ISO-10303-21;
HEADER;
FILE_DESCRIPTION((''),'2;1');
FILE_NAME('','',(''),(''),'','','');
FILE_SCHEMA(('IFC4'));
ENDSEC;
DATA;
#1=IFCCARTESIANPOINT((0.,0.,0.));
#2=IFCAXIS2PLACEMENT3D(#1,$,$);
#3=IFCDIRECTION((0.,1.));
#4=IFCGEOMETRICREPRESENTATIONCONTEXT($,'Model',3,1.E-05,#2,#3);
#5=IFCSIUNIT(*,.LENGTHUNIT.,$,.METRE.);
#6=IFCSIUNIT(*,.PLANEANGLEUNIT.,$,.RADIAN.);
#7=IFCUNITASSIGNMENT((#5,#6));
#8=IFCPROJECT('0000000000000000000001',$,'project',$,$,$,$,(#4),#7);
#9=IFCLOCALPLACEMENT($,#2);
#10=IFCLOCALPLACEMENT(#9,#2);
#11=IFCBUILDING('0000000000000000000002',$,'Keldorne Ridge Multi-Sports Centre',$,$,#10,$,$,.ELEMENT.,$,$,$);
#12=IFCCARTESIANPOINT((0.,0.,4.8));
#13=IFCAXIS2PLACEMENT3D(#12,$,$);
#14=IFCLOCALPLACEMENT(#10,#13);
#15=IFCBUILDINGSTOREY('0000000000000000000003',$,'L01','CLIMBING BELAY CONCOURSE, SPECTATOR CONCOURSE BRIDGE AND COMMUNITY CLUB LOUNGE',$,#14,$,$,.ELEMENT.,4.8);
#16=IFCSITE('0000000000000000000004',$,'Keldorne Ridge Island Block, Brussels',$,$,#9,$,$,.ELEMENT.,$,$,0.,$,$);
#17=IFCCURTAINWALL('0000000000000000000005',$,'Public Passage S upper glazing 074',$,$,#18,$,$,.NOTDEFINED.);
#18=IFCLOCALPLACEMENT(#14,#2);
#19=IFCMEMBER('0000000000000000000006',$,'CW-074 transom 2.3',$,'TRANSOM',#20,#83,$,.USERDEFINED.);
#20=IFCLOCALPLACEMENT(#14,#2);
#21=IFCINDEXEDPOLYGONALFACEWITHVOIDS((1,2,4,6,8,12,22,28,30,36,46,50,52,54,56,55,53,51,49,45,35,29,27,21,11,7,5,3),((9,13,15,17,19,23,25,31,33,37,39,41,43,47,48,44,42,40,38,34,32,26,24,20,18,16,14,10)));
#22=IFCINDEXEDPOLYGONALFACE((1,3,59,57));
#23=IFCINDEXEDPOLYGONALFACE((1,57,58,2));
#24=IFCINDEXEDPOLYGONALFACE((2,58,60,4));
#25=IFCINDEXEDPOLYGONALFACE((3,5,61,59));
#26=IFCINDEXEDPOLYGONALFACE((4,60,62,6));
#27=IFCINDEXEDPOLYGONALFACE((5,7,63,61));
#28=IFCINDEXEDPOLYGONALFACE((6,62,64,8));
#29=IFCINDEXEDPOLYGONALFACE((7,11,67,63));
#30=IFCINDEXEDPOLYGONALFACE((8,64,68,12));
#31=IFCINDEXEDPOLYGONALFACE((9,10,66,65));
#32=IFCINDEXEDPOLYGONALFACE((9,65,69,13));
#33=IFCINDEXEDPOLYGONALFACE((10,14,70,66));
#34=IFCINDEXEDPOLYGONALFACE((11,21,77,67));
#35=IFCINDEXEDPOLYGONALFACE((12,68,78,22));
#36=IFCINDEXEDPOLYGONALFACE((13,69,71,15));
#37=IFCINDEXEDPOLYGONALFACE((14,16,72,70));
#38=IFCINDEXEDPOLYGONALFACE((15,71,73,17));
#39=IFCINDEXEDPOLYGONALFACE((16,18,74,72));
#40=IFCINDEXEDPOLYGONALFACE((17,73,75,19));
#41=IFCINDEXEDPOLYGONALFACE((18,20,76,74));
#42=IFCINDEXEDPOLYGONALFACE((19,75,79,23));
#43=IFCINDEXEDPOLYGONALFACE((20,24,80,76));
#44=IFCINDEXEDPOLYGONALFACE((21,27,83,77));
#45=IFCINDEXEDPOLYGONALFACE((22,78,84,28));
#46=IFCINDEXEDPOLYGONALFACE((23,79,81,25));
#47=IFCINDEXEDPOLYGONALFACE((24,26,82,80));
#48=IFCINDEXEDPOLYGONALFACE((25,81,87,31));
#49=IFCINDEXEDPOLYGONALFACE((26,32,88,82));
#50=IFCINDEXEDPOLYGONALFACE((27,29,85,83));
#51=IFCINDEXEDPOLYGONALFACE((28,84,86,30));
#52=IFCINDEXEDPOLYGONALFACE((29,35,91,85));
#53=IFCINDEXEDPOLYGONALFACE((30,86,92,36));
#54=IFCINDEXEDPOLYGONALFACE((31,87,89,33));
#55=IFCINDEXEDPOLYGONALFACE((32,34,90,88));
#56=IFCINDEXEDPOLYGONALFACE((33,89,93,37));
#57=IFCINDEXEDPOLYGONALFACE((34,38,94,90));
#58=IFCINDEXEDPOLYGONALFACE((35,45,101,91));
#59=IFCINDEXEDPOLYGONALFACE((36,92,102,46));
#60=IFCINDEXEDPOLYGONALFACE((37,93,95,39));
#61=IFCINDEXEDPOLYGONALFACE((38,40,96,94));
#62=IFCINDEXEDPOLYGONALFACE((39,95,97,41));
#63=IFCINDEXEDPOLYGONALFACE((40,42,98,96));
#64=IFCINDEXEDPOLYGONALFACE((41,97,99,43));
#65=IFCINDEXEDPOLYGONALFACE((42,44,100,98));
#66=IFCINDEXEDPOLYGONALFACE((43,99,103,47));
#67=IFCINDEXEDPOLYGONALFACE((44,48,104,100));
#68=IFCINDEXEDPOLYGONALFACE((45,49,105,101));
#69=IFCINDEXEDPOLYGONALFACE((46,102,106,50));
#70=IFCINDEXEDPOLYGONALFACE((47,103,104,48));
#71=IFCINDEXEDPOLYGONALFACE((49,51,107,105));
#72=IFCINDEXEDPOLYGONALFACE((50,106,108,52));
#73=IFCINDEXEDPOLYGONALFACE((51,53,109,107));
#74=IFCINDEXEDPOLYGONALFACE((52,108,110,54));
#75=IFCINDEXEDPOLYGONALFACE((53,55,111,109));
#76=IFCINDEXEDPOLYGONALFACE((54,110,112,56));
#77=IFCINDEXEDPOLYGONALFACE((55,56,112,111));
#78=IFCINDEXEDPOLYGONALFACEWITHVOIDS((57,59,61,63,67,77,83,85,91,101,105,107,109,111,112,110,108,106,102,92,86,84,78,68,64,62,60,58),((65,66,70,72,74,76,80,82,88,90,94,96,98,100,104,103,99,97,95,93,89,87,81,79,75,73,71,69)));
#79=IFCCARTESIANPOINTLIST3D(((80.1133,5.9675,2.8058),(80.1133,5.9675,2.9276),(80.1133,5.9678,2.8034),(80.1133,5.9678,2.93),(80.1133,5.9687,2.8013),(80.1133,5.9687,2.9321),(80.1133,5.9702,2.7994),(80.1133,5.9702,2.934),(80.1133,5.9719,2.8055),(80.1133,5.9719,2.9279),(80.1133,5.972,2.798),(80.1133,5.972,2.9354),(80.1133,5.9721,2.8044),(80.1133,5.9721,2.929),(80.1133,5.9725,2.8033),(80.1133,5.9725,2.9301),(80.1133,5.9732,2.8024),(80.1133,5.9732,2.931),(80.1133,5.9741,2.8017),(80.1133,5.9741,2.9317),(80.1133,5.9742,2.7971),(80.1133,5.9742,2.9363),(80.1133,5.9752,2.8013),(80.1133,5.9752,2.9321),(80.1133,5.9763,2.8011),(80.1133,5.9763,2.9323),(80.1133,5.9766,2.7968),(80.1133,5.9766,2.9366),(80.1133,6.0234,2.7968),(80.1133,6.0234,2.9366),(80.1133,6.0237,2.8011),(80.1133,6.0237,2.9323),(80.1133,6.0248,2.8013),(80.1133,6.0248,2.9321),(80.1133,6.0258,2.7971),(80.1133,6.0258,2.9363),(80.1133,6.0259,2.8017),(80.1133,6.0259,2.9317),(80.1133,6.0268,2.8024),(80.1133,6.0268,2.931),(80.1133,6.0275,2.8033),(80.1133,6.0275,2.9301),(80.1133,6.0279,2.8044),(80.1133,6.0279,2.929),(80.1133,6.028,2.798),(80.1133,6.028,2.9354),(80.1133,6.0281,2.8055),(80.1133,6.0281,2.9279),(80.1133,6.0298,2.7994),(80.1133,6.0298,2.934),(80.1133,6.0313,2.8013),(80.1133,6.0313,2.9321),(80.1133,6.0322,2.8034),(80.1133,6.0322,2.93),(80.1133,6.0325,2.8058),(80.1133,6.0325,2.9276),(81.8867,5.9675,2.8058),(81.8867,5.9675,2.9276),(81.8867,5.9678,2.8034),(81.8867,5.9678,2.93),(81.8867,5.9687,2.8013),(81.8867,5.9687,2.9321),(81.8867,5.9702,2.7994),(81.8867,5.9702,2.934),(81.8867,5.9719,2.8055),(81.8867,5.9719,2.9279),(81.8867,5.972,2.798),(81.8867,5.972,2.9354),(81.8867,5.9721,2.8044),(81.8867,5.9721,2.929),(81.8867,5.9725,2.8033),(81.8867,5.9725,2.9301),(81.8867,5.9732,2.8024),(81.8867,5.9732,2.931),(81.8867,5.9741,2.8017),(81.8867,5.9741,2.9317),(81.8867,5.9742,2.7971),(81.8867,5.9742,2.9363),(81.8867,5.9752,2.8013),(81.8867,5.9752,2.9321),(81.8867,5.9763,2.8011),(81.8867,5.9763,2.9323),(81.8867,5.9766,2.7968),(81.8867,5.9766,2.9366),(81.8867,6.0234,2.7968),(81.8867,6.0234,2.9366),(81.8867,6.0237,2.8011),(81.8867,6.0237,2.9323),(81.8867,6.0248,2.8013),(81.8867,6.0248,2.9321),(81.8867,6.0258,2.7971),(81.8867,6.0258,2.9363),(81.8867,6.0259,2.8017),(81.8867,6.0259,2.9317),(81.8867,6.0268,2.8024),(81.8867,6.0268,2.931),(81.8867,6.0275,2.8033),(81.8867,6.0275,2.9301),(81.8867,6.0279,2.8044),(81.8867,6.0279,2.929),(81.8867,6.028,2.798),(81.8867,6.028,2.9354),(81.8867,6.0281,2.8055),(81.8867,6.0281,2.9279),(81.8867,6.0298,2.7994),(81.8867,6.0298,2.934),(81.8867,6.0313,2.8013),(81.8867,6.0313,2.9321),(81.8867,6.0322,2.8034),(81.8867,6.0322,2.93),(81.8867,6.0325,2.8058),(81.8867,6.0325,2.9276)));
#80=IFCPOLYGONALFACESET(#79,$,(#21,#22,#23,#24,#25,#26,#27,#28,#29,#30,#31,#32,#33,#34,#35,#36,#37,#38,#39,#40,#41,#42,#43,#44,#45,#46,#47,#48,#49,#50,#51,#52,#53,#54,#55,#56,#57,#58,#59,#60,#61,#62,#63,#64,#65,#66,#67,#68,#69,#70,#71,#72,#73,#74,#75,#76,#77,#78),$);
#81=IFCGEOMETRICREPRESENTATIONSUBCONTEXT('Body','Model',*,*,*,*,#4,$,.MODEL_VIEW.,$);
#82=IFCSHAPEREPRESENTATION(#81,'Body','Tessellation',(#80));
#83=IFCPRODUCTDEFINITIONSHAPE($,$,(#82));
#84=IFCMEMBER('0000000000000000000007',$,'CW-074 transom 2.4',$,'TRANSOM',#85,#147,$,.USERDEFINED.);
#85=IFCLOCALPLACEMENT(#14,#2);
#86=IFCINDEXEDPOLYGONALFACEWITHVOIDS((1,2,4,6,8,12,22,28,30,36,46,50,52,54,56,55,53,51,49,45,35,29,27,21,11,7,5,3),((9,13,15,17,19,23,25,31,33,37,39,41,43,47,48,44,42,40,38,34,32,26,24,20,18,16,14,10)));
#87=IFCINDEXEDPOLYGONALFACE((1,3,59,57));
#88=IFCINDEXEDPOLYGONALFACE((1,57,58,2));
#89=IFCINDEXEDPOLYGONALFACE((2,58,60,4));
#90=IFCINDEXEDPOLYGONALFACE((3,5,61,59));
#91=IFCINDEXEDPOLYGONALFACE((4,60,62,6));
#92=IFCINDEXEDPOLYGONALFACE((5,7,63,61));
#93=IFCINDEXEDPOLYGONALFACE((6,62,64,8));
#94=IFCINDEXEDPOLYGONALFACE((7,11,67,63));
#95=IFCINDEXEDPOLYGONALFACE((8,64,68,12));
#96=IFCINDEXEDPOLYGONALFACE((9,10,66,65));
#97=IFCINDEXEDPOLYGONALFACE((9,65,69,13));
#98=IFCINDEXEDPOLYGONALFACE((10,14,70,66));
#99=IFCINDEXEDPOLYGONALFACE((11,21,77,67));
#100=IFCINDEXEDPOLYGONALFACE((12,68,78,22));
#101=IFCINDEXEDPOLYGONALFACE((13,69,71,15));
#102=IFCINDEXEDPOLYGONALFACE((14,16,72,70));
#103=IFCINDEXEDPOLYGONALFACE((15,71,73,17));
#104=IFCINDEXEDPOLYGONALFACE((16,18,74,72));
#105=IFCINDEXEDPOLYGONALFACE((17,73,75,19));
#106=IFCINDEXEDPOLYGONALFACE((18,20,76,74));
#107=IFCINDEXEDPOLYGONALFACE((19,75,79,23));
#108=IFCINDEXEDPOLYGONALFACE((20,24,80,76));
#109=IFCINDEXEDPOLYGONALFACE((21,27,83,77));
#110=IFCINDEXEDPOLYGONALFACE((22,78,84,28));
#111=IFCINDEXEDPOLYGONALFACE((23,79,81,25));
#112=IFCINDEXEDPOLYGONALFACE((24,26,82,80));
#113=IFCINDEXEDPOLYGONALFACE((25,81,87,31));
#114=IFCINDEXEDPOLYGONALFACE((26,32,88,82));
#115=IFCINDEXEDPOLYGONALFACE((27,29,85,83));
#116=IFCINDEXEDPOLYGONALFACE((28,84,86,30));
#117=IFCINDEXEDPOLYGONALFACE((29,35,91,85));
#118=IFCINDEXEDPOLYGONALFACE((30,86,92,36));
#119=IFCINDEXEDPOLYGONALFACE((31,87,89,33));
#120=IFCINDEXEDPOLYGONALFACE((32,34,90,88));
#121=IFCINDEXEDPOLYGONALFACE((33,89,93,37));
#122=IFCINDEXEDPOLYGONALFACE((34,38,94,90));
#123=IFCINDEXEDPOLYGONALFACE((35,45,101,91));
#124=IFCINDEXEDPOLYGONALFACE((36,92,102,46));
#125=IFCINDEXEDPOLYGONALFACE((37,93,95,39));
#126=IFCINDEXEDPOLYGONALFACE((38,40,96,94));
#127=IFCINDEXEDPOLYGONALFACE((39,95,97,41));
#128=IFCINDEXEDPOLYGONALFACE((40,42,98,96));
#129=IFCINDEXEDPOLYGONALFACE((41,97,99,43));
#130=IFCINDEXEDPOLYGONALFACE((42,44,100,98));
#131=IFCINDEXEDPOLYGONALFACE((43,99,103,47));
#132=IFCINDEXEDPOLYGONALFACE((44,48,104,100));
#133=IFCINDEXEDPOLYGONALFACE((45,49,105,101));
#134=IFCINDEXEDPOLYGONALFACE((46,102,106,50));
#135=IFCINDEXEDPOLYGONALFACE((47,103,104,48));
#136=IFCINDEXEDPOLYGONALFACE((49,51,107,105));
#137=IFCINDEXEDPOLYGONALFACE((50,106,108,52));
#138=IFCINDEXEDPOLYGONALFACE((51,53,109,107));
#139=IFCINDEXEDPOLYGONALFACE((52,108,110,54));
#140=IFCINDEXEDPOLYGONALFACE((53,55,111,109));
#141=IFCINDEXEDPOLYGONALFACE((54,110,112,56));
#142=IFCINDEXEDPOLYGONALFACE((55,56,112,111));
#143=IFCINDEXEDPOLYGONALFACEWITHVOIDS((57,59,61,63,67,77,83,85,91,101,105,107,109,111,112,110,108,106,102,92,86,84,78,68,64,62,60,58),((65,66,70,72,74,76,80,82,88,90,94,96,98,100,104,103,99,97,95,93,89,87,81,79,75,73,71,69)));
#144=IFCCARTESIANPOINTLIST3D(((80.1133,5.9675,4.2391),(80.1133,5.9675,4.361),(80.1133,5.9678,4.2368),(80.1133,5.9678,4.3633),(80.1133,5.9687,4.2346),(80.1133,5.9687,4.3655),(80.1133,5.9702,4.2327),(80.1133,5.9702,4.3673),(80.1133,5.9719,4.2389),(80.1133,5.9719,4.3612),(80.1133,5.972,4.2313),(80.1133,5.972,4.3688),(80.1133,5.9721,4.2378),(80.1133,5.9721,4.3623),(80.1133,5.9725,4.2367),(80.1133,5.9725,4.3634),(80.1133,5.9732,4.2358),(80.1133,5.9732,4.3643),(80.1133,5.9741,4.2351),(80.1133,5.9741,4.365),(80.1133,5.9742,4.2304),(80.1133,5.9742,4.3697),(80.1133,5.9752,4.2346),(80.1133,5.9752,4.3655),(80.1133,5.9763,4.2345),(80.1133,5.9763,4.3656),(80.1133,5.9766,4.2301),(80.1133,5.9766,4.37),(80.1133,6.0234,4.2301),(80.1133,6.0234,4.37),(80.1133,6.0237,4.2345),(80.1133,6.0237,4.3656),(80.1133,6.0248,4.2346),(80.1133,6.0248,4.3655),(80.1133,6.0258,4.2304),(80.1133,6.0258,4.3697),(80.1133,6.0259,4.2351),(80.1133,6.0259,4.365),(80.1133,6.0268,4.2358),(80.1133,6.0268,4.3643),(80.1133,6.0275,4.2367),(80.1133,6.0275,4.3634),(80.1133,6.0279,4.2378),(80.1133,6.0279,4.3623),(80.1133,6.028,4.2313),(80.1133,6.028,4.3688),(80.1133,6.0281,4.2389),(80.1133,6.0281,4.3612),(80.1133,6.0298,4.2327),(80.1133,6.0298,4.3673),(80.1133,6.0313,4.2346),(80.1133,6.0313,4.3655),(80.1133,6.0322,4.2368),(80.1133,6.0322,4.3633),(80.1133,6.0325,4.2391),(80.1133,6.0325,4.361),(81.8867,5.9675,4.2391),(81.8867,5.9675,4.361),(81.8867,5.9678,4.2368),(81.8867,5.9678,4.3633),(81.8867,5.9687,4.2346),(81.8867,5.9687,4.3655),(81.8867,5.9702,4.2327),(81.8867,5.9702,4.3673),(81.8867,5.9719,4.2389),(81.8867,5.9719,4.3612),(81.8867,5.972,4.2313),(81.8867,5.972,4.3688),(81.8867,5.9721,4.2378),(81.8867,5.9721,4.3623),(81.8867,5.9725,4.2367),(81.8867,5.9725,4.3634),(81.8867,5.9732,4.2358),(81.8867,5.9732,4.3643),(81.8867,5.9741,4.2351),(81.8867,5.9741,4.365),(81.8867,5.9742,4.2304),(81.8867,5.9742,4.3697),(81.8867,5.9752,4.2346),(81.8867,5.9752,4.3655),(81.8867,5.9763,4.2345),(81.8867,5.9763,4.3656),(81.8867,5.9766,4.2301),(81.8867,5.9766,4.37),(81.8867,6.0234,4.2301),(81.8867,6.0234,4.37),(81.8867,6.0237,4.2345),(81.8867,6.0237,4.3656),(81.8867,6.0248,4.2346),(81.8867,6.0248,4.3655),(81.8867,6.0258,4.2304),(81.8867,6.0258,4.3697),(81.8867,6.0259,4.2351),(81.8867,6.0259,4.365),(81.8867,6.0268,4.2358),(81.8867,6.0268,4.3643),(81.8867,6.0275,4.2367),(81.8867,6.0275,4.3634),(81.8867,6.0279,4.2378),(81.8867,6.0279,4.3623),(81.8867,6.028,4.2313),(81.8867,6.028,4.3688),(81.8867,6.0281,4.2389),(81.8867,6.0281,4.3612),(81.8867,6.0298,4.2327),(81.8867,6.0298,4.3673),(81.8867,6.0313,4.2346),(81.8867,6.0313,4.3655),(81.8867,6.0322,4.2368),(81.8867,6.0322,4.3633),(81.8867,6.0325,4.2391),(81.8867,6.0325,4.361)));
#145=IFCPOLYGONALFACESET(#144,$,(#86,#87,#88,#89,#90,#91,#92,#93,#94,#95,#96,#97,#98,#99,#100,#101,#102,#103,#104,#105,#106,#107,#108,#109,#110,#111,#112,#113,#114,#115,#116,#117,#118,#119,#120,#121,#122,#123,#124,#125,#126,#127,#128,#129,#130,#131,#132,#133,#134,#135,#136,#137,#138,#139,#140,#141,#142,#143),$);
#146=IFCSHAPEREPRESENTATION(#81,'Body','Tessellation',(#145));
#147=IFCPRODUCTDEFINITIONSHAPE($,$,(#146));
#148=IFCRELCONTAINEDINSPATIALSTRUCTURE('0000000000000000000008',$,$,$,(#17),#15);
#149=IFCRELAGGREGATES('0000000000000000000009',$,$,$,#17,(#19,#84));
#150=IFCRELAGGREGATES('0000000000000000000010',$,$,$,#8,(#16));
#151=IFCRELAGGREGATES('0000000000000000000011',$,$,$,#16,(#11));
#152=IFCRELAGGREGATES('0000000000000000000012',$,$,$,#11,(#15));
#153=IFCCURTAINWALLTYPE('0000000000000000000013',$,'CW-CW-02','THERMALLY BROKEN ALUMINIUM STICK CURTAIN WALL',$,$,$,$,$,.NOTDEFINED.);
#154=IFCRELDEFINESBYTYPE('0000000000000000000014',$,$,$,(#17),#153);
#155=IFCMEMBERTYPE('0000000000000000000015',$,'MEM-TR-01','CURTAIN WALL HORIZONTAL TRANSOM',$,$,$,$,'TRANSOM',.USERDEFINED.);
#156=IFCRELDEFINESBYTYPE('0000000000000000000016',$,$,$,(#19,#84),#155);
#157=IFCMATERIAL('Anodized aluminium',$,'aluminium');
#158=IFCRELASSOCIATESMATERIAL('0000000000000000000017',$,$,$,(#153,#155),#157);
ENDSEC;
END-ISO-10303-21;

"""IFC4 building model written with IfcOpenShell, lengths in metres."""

from ifc_helpers import new_model, si_unit, direction, frame, origin, origin_2d, place, context, subcontext, project, spatial, hollow_rectangle, extrude, material, material_profile, profile_set, type_object, element, aggregate, save


model = new_model("IFC4")

# Units and contexts
model_context = context("Model", 3, precision=1e-05, world=origin(), true_north=direction((0.0, 1.0)))
body_context = subcontext(model_context, "Body", "Model", "MODEL_VIEW")
ifc_project = project(units=[si_unit("LENGTHUNIT", "METRE"), si_unit("PLANEANGLEUNIT", "RADIAN")], contexts=[model_context])

# Site, building, storey
site_placement = place(None, origin())
site = spatial("IfcSite", under=ifc_project, at=site_placement, Name="Keldorne Ridge Island Block, Brussels", CompositionType="ELEMENT", RefElevation=0.0)
building_placement = place(site_placement, origin())
building = spatial("IfcBuilding", under=site, at=building_placement, Name="Keldorne Ridge Multi-Sports Centre", CompositionType="ELEMENT")
storey_placement = place(building_placement, frame((0.0, 0.0, 4.8)))
storey = spatial("IfcBuildingStorey", under=building, at=storey_placement, Name="L01", Description="CLIMBING BELAY CONCOURSE, SPECTATOR CONCOURSE BRIDGE AND COMMUNITY CLUB LOUNGE", CompositionType="ELEMENT", Elevation=4.8)

# Curtain wall
ifc_material_1 = material(Name="Anodized aluminium", Category="aluminium")
curtain_wall_type_1 = type_object("IfcCurtainWallType", Name="CW-CW-02", Description="THERMALLY BROKEN ALUMINIUM STICK CURTAIN WALL", PredefinedType="NOTDEFINED", material=ifc_material_1)
curtain_wall_1_placement = place(storey_placement, origin())
curtain_wall_1 = element("IfcCurtainWall", 1, at=curtain_wall_1_placement, inside=storey, type_object=curtain_wall_type_1, Name="Public Passage S upper glazing 074", PredefinedType="NOTDEFINED")

# Members
ifc_material_profile_1 = material_profile(ifc_material_1, hollow_rectangle(XDim=0.0649, YDim=0.1399, WallThickness=0.0044, InnerFilletRadius=0.0044, OuterFilletRadius=0.009, at=origin_2d()), Name="ALU TRANSOM 140x65x4.5")
ifc_profile_set_1 = profile_set([ifc_material_profile_1], Name="Anodized aluminium")
member_type_1 = type_object("IfcMemberType", Name="MEM-TR-01", Description="CURTAIN WALL HORIZONTAL TRANSOM", ElementType="TRANSOM", PredefinedType="USERDEFINED", material=ifc_profile_set_1)
member_1_placement = place(storey_placement, frame((80.1133, 6.0, 2.8667), z_axis=(1.0, 0.0, 0.0), x_axis=(0.0, 1.0, 0.0)))
member_1 = element("IfcMember", 2, at=member_1_placement, type_object=member_type_1, Name="CW-074 transom 2.3", ObjectType="TRANSOM", PredefinedType="USERDEFINED", context=body_context, shape_type="SweptSolid", body=[
    extrude(hollow_rectangle(XDim=0.0649, YDim=0.1399, WallThickness=0.0044, InnerFilletRadius=0.0044, OuterFilletRadius=0.009, at=origin_2d()), origin(), (0.0, 0.0, 1.0), 1.7734),
])
member_2_placement = place(storey_placement, frame((80.1133, 6.0, 4.3), z_axis=(1.0, 0.0, 0.0), x_axis=(0.0, 1.0, 0.0)))
member_2 = element("IfcMember", 3, at=member_2_placement, type_object=member_type_1, Name="CW-074 transom 2.4", ObjectType="TRANSOM", PredefinedType="USERDEFINED", context=body_context, shape_type="SweptSolid", body=[
    extrude(hollow_rectangle(XDim=0.0649, YDim=0.1399, WallThickness=0.0044, InnerFilletRadius=0.0044, OuterFilletRadius=0.009, at=origin_2d()), origin(), (0.0, 0.0, 1.0), 1.7734),
])

aggregate(curtain_wall_1, [member_1, member_2])

save(model, "model.ifc")
